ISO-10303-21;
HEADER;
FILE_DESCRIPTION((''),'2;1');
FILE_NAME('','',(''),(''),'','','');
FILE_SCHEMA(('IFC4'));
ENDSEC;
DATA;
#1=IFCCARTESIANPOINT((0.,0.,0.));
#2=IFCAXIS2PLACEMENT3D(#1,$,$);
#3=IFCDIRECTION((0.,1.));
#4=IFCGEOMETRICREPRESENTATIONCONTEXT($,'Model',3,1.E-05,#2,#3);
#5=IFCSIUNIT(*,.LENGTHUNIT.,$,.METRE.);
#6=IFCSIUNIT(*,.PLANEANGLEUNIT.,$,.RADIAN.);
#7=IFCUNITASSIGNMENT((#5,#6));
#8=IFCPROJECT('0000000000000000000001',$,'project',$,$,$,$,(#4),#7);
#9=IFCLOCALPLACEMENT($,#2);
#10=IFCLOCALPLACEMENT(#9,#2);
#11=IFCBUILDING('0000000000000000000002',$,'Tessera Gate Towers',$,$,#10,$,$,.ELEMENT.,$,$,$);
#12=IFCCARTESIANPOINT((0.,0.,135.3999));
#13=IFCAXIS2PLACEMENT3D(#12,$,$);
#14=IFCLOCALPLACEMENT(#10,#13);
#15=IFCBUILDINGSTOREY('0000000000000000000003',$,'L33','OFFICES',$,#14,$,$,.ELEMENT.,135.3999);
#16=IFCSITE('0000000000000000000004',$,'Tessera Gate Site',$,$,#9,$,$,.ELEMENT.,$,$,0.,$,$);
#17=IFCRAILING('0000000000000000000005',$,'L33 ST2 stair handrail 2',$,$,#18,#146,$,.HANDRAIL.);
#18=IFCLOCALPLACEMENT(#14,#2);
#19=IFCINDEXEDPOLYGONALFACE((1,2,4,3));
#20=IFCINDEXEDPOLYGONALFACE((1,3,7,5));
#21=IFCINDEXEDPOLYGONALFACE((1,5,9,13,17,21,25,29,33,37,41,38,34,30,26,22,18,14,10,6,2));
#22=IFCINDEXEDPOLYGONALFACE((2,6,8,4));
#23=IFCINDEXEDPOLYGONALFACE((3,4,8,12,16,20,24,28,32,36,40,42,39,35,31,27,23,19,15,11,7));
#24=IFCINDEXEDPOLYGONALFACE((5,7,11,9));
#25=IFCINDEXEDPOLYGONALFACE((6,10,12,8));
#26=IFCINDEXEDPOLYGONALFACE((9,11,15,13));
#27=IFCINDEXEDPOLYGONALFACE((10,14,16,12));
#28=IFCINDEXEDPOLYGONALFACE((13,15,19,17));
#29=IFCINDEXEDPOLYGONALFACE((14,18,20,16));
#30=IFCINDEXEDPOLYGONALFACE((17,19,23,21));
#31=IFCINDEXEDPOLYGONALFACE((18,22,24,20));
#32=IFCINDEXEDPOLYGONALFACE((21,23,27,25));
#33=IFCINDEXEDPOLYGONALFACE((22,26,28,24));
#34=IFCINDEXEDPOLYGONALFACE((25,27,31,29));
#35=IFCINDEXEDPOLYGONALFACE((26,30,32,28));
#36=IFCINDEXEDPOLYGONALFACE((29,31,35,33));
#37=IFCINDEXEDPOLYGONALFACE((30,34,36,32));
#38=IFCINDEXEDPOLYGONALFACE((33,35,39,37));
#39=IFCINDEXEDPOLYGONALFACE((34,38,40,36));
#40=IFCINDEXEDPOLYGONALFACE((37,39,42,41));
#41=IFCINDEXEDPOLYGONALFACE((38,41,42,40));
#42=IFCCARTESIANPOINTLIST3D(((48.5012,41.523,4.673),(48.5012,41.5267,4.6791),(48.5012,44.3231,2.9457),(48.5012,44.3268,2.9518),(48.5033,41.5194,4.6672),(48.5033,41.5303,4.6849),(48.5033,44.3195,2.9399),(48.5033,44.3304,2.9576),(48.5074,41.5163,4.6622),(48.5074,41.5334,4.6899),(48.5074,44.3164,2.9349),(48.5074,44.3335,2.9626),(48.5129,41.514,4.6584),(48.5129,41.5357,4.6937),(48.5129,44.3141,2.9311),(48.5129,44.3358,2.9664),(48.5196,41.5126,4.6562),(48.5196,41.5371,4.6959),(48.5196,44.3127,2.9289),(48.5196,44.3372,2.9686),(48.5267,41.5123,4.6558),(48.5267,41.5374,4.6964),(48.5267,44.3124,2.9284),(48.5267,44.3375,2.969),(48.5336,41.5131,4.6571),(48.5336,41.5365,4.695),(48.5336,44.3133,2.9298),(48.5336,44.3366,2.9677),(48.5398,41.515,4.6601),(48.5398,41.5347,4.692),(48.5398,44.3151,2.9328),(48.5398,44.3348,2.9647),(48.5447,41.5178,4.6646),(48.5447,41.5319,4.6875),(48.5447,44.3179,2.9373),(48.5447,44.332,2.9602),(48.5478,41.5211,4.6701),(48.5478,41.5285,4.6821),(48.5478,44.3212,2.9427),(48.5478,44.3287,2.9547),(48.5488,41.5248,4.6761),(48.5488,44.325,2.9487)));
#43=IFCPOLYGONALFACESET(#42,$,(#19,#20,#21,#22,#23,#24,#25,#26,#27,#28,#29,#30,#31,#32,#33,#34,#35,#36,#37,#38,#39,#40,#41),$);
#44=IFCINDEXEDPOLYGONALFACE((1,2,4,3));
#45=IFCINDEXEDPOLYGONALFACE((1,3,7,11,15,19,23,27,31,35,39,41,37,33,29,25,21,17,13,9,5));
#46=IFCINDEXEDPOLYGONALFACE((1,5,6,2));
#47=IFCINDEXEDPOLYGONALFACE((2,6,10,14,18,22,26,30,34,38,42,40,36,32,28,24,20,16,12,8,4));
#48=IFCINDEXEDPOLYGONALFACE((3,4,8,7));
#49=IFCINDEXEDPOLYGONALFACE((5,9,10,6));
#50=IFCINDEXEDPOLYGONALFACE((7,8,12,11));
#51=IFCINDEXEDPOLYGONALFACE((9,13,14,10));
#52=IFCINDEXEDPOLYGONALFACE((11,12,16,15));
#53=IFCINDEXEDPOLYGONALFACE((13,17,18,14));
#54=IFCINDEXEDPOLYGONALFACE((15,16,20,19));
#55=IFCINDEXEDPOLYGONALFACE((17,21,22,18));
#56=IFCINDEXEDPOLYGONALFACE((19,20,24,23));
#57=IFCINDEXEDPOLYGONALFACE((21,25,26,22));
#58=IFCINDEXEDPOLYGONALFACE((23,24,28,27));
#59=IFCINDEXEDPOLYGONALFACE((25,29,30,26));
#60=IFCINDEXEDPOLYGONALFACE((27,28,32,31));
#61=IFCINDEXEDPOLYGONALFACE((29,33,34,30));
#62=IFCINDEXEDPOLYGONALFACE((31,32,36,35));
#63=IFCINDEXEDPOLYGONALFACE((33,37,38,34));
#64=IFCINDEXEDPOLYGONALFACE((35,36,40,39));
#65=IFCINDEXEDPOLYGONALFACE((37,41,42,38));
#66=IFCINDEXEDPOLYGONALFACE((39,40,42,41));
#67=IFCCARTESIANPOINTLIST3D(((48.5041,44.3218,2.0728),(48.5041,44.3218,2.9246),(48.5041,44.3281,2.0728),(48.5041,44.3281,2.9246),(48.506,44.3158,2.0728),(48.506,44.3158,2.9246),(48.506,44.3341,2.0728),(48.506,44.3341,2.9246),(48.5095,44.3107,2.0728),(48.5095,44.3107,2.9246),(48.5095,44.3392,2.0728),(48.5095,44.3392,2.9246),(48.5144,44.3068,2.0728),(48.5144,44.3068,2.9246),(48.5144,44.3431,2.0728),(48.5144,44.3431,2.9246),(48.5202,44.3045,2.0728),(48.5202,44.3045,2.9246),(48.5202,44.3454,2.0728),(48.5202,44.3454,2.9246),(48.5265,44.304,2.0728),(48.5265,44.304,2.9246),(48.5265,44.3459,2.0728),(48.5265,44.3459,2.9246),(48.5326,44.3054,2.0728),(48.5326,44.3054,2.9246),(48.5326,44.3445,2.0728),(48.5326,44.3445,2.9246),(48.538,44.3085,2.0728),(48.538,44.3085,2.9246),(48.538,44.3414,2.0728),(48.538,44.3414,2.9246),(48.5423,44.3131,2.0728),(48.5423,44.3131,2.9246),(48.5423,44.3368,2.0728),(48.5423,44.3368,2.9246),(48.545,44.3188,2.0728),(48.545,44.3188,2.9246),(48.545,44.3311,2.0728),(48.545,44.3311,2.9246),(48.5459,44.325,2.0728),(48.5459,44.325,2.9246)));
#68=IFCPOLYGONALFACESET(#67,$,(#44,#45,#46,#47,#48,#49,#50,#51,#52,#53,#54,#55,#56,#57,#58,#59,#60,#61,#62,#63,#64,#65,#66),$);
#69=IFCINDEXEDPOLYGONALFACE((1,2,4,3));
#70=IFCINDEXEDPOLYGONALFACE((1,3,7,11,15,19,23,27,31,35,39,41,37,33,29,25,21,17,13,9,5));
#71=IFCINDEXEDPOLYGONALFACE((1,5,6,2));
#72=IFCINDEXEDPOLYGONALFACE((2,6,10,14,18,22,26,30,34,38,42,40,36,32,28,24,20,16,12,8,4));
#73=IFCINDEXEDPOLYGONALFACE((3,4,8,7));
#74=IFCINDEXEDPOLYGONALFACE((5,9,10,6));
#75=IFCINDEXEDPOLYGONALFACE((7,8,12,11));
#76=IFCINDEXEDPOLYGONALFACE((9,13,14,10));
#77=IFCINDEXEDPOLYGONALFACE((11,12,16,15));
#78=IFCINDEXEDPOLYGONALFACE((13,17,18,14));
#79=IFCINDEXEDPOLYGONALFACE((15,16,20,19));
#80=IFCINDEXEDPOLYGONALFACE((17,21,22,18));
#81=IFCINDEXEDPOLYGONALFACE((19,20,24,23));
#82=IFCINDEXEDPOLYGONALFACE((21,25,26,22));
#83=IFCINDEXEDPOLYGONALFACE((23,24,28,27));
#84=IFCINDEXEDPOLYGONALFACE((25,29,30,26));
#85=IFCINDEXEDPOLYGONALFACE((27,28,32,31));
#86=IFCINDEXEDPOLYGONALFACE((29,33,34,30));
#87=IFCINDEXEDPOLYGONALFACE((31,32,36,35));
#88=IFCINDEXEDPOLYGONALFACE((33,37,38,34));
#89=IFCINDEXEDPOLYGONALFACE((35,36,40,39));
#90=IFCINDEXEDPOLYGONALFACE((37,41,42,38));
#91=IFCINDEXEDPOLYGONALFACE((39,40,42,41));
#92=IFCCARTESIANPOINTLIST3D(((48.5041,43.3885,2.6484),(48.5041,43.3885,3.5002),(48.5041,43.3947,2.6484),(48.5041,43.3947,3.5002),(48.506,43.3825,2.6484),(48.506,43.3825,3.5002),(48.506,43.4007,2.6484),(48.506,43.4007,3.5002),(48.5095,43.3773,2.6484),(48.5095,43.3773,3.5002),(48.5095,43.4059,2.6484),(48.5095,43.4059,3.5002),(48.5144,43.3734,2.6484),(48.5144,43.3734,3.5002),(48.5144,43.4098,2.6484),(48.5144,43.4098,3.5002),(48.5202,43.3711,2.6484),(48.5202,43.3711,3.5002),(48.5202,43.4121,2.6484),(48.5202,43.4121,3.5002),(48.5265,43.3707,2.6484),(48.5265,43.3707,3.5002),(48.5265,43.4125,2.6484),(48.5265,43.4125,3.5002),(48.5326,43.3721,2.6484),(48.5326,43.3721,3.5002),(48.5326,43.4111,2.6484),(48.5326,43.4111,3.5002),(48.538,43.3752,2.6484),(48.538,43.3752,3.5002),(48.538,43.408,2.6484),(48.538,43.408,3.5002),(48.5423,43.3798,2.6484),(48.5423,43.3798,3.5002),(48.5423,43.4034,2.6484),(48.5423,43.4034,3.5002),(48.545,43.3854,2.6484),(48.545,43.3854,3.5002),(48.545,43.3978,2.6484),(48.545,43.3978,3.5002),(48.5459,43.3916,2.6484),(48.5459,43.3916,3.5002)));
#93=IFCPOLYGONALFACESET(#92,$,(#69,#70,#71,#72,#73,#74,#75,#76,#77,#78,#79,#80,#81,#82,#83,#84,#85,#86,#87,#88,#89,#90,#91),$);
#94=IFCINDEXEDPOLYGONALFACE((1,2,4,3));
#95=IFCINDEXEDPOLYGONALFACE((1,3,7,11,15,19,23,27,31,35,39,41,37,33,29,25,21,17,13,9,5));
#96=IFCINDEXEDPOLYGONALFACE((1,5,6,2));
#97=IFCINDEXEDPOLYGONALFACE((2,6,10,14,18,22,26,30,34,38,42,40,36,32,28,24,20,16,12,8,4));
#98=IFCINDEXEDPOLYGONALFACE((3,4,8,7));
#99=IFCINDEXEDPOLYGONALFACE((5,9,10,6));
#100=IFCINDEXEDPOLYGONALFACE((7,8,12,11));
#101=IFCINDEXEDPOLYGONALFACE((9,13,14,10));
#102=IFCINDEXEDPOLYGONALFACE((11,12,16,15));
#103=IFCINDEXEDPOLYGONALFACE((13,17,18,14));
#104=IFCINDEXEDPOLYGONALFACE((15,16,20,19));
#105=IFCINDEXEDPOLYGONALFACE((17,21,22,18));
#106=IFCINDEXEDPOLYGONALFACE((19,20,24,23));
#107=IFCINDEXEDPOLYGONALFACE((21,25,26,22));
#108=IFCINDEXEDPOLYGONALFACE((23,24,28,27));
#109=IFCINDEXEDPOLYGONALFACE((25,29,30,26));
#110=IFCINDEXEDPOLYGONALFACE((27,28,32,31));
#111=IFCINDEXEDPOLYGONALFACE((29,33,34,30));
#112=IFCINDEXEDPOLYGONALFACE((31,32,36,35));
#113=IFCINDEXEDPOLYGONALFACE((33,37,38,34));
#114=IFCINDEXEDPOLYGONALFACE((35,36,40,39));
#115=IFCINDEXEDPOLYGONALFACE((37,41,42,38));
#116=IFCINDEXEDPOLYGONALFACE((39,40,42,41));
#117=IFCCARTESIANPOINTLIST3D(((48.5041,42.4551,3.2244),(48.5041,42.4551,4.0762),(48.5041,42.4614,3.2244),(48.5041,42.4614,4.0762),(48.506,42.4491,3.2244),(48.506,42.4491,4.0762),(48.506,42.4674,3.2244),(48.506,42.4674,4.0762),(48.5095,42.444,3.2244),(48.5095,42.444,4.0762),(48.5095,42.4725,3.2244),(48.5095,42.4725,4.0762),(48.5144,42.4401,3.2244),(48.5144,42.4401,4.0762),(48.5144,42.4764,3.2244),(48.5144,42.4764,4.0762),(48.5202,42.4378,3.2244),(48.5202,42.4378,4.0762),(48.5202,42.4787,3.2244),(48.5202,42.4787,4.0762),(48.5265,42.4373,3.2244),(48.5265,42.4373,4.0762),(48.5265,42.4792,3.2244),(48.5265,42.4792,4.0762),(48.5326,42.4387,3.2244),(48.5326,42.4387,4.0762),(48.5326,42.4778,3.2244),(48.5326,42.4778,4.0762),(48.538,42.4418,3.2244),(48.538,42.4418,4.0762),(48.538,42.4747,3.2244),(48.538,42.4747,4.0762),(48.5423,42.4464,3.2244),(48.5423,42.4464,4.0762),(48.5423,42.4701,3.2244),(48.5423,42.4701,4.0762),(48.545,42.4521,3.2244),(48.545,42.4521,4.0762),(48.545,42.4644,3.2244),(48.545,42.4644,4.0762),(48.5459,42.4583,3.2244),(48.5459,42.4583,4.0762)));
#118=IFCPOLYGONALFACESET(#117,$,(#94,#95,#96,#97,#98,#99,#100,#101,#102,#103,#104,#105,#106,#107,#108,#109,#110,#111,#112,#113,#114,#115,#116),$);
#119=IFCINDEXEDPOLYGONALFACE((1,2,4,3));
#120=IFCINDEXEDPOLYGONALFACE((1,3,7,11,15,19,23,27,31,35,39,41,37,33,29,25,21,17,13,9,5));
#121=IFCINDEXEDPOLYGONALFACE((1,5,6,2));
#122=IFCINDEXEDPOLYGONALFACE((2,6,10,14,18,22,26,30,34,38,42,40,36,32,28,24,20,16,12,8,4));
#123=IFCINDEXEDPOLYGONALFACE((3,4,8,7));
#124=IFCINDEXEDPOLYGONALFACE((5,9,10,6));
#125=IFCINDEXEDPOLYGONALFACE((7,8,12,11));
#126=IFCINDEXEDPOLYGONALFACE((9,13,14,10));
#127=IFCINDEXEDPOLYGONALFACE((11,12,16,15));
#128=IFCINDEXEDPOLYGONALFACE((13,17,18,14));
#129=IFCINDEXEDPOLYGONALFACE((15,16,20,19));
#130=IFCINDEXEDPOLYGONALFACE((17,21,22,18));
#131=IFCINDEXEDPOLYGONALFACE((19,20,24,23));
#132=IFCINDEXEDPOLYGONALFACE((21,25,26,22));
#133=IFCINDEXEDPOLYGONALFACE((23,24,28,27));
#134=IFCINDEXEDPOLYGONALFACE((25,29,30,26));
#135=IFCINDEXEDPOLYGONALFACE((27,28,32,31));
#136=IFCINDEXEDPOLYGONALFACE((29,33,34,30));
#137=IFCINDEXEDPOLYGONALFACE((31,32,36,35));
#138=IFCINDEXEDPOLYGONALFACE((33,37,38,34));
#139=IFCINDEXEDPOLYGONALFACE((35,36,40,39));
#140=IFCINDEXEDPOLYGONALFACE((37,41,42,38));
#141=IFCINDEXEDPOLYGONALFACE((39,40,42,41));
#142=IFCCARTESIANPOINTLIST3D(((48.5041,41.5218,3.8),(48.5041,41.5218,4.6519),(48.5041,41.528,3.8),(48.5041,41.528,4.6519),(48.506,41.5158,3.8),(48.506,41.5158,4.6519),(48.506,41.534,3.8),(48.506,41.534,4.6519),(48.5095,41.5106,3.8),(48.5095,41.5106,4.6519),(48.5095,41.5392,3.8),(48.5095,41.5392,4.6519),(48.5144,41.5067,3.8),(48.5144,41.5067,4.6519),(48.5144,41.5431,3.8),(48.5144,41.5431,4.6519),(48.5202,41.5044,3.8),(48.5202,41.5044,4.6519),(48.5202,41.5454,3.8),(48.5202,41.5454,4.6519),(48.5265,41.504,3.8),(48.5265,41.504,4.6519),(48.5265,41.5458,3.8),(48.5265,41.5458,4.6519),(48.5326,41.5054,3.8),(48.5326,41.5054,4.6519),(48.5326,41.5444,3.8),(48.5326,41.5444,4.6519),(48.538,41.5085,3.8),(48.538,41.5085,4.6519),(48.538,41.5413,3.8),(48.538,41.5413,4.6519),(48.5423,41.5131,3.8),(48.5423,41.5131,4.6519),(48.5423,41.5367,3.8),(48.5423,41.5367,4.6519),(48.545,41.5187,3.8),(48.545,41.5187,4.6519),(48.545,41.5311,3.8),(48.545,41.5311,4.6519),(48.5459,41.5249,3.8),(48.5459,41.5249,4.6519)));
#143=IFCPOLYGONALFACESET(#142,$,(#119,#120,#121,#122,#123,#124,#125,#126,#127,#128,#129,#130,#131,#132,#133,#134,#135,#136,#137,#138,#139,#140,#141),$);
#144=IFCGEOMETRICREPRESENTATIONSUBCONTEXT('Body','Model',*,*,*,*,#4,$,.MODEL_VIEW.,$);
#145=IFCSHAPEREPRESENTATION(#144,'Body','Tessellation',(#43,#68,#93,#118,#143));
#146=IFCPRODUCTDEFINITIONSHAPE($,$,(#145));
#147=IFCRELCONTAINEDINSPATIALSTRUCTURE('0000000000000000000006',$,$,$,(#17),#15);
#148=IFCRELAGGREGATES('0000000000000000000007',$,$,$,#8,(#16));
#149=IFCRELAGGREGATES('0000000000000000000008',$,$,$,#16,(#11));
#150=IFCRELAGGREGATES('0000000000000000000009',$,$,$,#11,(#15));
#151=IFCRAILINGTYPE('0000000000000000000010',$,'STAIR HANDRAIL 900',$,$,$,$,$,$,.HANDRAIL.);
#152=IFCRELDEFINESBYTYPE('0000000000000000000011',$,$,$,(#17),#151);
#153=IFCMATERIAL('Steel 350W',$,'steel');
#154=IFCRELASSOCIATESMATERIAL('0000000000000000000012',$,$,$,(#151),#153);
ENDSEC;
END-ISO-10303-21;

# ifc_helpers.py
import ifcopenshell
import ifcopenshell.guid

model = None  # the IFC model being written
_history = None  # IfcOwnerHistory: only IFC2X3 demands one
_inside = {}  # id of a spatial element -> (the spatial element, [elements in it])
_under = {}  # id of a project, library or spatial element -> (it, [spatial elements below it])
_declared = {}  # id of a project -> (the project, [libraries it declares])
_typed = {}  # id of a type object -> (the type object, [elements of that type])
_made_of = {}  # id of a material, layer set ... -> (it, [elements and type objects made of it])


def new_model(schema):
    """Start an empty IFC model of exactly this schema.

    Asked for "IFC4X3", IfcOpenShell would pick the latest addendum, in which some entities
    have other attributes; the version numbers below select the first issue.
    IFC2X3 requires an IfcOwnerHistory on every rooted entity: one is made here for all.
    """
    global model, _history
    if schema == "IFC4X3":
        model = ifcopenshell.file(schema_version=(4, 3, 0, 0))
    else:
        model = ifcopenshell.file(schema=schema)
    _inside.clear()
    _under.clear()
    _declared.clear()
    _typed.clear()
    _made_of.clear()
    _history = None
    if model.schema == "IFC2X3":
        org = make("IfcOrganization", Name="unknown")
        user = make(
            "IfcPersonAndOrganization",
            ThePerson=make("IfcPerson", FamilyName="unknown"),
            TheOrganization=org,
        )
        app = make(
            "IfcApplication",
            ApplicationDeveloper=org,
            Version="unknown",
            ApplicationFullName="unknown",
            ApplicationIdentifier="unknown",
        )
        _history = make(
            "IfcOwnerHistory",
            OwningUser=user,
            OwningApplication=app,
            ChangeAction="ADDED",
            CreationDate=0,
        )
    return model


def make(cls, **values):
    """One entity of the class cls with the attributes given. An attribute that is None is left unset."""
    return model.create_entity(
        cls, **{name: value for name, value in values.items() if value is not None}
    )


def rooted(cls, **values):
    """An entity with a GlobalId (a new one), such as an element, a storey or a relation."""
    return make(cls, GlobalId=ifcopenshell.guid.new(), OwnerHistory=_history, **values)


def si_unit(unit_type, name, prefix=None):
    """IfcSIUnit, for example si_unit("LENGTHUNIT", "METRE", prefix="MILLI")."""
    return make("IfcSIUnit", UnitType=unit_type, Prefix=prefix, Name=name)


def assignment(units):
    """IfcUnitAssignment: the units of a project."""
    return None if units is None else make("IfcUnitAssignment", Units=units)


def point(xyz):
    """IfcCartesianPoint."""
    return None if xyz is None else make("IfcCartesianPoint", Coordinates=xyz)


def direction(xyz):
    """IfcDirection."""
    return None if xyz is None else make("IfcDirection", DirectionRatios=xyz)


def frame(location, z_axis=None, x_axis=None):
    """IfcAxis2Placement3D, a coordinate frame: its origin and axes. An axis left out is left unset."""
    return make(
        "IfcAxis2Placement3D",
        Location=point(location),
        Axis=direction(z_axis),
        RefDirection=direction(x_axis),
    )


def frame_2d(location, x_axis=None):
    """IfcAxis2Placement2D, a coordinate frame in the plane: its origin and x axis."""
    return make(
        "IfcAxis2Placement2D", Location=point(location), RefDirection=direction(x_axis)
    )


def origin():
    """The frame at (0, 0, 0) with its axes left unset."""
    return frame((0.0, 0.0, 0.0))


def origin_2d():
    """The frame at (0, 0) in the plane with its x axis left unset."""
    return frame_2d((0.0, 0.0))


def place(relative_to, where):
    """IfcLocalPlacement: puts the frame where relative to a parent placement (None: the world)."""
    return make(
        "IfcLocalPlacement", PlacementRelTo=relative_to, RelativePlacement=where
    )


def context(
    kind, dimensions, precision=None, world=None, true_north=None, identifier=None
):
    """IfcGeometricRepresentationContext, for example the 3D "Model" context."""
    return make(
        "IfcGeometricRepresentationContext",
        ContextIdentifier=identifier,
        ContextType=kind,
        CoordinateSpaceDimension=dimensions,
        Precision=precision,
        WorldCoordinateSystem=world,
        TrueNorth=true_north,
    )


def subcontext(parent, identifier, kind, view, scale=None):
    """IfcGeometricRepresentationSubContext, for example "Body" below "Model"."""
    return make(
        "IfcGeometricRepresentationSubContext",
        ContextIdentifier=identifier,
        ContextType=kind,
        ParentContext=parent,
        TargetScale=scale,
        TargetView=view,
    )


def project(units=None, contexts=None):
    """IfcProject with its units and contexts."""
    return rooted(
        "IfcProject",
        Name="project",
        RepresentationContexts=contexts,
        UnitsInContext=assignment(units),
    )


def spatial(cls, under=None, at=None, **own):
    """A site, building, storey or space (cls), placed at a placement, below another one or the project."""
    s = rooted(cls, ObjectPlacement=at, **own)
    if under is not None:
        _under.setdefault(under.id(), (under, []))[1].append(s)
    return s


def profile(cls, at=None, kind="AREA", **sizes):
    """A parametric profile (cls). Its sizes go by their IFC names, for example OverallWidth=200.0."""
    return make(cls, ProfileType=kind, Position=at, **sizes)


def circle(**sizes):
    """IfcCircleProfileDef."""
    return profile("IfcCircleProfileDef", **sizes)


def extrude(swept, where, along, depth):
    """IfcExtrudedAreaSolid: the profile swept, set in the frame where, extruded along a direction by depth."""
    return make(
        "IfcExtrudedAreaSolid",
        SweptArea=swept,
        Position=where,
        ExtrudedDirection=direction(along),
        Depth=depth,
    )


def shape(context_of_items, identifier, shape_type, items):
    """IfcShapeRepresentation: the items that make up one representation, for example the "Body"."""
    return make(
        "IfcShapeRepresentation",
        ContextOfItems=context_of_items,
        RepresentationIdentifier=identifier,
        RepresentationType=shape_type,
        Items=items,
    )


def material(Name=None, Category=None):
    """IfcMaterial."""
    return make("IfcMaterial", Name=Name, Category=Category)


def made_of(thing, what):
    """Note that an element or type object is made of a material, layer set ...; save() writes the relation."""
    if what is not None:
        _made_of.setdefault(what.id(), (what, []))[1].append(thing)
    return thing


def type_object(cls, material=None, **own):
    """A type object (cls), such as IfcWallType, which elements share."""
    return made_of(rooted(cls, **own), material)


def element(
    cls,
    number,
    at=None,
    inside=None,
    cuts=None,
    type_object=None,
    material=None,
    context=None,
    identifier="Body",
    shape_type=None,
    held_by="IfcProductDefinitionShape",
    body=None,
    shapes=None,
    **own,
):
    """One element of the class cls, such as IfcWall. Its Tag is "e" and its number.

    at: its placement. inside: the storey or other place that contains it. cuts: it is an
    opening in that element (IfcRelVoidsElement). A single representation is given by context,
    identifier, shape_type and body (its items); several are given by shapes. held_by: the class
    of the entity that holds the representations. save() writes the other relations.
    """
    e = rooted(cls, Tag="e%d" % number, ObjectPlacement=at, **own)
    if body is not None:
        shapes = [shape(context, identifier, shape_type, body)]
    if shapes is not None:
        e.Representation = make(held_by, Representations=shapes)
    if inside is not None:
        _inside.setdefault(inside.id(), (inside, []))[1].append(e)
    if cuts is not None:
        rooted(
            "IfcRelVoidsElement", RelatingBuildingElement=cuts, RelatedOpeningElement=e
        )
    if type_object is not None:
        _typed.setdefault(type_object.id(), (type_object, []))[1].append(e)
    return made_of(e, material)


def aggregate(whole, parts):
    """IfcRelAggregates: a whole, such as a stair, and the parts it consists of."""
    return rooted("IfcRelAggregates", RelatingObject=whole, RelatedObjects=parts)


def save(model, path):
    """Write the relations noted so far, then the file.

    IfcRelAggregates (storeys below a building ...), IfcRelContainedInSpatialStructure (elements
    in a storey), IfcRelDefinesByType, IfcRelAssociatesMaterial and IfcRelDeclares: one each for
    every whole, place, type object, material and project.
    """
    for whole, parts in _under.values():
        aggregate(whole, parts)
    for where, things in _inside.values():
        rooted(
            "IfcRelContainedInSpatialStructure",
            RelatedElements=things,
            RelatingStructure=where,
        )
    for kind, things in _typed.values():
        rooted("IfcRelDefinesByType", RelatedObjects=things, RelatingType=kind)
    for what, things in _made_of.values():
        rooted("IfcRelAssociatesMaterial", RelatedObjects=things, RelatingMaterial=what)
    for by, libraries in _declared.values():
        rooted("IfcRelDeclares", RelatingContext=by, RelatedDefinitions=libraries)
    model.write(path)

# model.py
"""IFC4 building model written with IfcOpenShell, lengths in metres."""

from ifc_helpers import new_model, si_unit, direction, frame, origin, origin_2d, place, context, subcontext, project, spatial, circle, extrude, material, type_object, element, save


model = new_model("IFC4")

# Units and contexts
model_context = context("Model", 3, precision=1e-05, world=origin(), true_north=direction((0.0, 1.0)))
body_context = subcontext(model_context, "Body", "Model", "MODEL_VIEW")
ifc_project = project(units=[si_unit("LENGTHUNIT", "METRE"), si_unit("PLANEANGLEUNIT", "RADIAN")], contexts=[model_context])

# Site, building, storey
site_placement = place(None, origin())
site = spatial("IfcSite", under=ifc_project, at=site_placement, Name="Tessera Gate Site", CompositionType="ELEMENT", RefElevation=0.0)
building_placement = place(site_placement, origin())
building = spatial("IfcBuilding", under=site, at=building_placement, Name="Tessera Gate Towers", CompositionType="ELEMENT")
storey_placement = place(building_placement, frame((0.0, 0.0, 135.3999)))
storey = spatial("IfcBuildingStorey", under=building, at=storey_placement, Name="L33", Description="OFFICES", CompositionType="ELEMENT", Elevation=135.3999)

# Railing
ifc_material_1 = material(Name="Steel 350W", Category="steel")
railing_type_1 = type_object("IfcRailingType", Name="STAIR HANDRAIL 900", PredefinedType="HANDRAIL", material=ifc_material_1)
railing_1_placement = place(storey_placement, frame((48.5249, 44.325, 2.0728)))
element("IfcRailing", 1, at=railing_1_placement, inside=storey, type_object=railing_type_1, Name="L33 ST2 stair handrail 2", PredefinedType="HANDRAIL", context=body_context, shape_type="SweptSolid", body=[
    extrude(circle(Radius=0.0239, at=origin_2d()), frame((0.0, 0.0, 0.876), z_axis=(0.0, -0.85109, 0.52502), x_axis=(1.0, 0.0, 0.0)), (0.0, 0.0, 1.0), 3.29),
    extrude(circle(Radius=0.021, at=origin_2d()), origin(), (0.0, 0.0, 1.0), 0.8518),
    extrude(circle(Radius=0.021, at=origin_2d()), frame((0.0, -0.9333, 0.5757)), (0.0, 0.0, 1.0), 0.8518),
    extrude(circle(Radius=0.021, at=origin_2d()), frame((0.0, -1.8667, 1.1516)), (0.0, 0.0, 1.0), 0.8518),
    extrude(circle(Radius=0.021, at=origin_2d()), frame((0.0, -2.8, 1.7273)), (0.0, 0.0, 1.0), 0.8518),
])

save(model, "model.ifc")
